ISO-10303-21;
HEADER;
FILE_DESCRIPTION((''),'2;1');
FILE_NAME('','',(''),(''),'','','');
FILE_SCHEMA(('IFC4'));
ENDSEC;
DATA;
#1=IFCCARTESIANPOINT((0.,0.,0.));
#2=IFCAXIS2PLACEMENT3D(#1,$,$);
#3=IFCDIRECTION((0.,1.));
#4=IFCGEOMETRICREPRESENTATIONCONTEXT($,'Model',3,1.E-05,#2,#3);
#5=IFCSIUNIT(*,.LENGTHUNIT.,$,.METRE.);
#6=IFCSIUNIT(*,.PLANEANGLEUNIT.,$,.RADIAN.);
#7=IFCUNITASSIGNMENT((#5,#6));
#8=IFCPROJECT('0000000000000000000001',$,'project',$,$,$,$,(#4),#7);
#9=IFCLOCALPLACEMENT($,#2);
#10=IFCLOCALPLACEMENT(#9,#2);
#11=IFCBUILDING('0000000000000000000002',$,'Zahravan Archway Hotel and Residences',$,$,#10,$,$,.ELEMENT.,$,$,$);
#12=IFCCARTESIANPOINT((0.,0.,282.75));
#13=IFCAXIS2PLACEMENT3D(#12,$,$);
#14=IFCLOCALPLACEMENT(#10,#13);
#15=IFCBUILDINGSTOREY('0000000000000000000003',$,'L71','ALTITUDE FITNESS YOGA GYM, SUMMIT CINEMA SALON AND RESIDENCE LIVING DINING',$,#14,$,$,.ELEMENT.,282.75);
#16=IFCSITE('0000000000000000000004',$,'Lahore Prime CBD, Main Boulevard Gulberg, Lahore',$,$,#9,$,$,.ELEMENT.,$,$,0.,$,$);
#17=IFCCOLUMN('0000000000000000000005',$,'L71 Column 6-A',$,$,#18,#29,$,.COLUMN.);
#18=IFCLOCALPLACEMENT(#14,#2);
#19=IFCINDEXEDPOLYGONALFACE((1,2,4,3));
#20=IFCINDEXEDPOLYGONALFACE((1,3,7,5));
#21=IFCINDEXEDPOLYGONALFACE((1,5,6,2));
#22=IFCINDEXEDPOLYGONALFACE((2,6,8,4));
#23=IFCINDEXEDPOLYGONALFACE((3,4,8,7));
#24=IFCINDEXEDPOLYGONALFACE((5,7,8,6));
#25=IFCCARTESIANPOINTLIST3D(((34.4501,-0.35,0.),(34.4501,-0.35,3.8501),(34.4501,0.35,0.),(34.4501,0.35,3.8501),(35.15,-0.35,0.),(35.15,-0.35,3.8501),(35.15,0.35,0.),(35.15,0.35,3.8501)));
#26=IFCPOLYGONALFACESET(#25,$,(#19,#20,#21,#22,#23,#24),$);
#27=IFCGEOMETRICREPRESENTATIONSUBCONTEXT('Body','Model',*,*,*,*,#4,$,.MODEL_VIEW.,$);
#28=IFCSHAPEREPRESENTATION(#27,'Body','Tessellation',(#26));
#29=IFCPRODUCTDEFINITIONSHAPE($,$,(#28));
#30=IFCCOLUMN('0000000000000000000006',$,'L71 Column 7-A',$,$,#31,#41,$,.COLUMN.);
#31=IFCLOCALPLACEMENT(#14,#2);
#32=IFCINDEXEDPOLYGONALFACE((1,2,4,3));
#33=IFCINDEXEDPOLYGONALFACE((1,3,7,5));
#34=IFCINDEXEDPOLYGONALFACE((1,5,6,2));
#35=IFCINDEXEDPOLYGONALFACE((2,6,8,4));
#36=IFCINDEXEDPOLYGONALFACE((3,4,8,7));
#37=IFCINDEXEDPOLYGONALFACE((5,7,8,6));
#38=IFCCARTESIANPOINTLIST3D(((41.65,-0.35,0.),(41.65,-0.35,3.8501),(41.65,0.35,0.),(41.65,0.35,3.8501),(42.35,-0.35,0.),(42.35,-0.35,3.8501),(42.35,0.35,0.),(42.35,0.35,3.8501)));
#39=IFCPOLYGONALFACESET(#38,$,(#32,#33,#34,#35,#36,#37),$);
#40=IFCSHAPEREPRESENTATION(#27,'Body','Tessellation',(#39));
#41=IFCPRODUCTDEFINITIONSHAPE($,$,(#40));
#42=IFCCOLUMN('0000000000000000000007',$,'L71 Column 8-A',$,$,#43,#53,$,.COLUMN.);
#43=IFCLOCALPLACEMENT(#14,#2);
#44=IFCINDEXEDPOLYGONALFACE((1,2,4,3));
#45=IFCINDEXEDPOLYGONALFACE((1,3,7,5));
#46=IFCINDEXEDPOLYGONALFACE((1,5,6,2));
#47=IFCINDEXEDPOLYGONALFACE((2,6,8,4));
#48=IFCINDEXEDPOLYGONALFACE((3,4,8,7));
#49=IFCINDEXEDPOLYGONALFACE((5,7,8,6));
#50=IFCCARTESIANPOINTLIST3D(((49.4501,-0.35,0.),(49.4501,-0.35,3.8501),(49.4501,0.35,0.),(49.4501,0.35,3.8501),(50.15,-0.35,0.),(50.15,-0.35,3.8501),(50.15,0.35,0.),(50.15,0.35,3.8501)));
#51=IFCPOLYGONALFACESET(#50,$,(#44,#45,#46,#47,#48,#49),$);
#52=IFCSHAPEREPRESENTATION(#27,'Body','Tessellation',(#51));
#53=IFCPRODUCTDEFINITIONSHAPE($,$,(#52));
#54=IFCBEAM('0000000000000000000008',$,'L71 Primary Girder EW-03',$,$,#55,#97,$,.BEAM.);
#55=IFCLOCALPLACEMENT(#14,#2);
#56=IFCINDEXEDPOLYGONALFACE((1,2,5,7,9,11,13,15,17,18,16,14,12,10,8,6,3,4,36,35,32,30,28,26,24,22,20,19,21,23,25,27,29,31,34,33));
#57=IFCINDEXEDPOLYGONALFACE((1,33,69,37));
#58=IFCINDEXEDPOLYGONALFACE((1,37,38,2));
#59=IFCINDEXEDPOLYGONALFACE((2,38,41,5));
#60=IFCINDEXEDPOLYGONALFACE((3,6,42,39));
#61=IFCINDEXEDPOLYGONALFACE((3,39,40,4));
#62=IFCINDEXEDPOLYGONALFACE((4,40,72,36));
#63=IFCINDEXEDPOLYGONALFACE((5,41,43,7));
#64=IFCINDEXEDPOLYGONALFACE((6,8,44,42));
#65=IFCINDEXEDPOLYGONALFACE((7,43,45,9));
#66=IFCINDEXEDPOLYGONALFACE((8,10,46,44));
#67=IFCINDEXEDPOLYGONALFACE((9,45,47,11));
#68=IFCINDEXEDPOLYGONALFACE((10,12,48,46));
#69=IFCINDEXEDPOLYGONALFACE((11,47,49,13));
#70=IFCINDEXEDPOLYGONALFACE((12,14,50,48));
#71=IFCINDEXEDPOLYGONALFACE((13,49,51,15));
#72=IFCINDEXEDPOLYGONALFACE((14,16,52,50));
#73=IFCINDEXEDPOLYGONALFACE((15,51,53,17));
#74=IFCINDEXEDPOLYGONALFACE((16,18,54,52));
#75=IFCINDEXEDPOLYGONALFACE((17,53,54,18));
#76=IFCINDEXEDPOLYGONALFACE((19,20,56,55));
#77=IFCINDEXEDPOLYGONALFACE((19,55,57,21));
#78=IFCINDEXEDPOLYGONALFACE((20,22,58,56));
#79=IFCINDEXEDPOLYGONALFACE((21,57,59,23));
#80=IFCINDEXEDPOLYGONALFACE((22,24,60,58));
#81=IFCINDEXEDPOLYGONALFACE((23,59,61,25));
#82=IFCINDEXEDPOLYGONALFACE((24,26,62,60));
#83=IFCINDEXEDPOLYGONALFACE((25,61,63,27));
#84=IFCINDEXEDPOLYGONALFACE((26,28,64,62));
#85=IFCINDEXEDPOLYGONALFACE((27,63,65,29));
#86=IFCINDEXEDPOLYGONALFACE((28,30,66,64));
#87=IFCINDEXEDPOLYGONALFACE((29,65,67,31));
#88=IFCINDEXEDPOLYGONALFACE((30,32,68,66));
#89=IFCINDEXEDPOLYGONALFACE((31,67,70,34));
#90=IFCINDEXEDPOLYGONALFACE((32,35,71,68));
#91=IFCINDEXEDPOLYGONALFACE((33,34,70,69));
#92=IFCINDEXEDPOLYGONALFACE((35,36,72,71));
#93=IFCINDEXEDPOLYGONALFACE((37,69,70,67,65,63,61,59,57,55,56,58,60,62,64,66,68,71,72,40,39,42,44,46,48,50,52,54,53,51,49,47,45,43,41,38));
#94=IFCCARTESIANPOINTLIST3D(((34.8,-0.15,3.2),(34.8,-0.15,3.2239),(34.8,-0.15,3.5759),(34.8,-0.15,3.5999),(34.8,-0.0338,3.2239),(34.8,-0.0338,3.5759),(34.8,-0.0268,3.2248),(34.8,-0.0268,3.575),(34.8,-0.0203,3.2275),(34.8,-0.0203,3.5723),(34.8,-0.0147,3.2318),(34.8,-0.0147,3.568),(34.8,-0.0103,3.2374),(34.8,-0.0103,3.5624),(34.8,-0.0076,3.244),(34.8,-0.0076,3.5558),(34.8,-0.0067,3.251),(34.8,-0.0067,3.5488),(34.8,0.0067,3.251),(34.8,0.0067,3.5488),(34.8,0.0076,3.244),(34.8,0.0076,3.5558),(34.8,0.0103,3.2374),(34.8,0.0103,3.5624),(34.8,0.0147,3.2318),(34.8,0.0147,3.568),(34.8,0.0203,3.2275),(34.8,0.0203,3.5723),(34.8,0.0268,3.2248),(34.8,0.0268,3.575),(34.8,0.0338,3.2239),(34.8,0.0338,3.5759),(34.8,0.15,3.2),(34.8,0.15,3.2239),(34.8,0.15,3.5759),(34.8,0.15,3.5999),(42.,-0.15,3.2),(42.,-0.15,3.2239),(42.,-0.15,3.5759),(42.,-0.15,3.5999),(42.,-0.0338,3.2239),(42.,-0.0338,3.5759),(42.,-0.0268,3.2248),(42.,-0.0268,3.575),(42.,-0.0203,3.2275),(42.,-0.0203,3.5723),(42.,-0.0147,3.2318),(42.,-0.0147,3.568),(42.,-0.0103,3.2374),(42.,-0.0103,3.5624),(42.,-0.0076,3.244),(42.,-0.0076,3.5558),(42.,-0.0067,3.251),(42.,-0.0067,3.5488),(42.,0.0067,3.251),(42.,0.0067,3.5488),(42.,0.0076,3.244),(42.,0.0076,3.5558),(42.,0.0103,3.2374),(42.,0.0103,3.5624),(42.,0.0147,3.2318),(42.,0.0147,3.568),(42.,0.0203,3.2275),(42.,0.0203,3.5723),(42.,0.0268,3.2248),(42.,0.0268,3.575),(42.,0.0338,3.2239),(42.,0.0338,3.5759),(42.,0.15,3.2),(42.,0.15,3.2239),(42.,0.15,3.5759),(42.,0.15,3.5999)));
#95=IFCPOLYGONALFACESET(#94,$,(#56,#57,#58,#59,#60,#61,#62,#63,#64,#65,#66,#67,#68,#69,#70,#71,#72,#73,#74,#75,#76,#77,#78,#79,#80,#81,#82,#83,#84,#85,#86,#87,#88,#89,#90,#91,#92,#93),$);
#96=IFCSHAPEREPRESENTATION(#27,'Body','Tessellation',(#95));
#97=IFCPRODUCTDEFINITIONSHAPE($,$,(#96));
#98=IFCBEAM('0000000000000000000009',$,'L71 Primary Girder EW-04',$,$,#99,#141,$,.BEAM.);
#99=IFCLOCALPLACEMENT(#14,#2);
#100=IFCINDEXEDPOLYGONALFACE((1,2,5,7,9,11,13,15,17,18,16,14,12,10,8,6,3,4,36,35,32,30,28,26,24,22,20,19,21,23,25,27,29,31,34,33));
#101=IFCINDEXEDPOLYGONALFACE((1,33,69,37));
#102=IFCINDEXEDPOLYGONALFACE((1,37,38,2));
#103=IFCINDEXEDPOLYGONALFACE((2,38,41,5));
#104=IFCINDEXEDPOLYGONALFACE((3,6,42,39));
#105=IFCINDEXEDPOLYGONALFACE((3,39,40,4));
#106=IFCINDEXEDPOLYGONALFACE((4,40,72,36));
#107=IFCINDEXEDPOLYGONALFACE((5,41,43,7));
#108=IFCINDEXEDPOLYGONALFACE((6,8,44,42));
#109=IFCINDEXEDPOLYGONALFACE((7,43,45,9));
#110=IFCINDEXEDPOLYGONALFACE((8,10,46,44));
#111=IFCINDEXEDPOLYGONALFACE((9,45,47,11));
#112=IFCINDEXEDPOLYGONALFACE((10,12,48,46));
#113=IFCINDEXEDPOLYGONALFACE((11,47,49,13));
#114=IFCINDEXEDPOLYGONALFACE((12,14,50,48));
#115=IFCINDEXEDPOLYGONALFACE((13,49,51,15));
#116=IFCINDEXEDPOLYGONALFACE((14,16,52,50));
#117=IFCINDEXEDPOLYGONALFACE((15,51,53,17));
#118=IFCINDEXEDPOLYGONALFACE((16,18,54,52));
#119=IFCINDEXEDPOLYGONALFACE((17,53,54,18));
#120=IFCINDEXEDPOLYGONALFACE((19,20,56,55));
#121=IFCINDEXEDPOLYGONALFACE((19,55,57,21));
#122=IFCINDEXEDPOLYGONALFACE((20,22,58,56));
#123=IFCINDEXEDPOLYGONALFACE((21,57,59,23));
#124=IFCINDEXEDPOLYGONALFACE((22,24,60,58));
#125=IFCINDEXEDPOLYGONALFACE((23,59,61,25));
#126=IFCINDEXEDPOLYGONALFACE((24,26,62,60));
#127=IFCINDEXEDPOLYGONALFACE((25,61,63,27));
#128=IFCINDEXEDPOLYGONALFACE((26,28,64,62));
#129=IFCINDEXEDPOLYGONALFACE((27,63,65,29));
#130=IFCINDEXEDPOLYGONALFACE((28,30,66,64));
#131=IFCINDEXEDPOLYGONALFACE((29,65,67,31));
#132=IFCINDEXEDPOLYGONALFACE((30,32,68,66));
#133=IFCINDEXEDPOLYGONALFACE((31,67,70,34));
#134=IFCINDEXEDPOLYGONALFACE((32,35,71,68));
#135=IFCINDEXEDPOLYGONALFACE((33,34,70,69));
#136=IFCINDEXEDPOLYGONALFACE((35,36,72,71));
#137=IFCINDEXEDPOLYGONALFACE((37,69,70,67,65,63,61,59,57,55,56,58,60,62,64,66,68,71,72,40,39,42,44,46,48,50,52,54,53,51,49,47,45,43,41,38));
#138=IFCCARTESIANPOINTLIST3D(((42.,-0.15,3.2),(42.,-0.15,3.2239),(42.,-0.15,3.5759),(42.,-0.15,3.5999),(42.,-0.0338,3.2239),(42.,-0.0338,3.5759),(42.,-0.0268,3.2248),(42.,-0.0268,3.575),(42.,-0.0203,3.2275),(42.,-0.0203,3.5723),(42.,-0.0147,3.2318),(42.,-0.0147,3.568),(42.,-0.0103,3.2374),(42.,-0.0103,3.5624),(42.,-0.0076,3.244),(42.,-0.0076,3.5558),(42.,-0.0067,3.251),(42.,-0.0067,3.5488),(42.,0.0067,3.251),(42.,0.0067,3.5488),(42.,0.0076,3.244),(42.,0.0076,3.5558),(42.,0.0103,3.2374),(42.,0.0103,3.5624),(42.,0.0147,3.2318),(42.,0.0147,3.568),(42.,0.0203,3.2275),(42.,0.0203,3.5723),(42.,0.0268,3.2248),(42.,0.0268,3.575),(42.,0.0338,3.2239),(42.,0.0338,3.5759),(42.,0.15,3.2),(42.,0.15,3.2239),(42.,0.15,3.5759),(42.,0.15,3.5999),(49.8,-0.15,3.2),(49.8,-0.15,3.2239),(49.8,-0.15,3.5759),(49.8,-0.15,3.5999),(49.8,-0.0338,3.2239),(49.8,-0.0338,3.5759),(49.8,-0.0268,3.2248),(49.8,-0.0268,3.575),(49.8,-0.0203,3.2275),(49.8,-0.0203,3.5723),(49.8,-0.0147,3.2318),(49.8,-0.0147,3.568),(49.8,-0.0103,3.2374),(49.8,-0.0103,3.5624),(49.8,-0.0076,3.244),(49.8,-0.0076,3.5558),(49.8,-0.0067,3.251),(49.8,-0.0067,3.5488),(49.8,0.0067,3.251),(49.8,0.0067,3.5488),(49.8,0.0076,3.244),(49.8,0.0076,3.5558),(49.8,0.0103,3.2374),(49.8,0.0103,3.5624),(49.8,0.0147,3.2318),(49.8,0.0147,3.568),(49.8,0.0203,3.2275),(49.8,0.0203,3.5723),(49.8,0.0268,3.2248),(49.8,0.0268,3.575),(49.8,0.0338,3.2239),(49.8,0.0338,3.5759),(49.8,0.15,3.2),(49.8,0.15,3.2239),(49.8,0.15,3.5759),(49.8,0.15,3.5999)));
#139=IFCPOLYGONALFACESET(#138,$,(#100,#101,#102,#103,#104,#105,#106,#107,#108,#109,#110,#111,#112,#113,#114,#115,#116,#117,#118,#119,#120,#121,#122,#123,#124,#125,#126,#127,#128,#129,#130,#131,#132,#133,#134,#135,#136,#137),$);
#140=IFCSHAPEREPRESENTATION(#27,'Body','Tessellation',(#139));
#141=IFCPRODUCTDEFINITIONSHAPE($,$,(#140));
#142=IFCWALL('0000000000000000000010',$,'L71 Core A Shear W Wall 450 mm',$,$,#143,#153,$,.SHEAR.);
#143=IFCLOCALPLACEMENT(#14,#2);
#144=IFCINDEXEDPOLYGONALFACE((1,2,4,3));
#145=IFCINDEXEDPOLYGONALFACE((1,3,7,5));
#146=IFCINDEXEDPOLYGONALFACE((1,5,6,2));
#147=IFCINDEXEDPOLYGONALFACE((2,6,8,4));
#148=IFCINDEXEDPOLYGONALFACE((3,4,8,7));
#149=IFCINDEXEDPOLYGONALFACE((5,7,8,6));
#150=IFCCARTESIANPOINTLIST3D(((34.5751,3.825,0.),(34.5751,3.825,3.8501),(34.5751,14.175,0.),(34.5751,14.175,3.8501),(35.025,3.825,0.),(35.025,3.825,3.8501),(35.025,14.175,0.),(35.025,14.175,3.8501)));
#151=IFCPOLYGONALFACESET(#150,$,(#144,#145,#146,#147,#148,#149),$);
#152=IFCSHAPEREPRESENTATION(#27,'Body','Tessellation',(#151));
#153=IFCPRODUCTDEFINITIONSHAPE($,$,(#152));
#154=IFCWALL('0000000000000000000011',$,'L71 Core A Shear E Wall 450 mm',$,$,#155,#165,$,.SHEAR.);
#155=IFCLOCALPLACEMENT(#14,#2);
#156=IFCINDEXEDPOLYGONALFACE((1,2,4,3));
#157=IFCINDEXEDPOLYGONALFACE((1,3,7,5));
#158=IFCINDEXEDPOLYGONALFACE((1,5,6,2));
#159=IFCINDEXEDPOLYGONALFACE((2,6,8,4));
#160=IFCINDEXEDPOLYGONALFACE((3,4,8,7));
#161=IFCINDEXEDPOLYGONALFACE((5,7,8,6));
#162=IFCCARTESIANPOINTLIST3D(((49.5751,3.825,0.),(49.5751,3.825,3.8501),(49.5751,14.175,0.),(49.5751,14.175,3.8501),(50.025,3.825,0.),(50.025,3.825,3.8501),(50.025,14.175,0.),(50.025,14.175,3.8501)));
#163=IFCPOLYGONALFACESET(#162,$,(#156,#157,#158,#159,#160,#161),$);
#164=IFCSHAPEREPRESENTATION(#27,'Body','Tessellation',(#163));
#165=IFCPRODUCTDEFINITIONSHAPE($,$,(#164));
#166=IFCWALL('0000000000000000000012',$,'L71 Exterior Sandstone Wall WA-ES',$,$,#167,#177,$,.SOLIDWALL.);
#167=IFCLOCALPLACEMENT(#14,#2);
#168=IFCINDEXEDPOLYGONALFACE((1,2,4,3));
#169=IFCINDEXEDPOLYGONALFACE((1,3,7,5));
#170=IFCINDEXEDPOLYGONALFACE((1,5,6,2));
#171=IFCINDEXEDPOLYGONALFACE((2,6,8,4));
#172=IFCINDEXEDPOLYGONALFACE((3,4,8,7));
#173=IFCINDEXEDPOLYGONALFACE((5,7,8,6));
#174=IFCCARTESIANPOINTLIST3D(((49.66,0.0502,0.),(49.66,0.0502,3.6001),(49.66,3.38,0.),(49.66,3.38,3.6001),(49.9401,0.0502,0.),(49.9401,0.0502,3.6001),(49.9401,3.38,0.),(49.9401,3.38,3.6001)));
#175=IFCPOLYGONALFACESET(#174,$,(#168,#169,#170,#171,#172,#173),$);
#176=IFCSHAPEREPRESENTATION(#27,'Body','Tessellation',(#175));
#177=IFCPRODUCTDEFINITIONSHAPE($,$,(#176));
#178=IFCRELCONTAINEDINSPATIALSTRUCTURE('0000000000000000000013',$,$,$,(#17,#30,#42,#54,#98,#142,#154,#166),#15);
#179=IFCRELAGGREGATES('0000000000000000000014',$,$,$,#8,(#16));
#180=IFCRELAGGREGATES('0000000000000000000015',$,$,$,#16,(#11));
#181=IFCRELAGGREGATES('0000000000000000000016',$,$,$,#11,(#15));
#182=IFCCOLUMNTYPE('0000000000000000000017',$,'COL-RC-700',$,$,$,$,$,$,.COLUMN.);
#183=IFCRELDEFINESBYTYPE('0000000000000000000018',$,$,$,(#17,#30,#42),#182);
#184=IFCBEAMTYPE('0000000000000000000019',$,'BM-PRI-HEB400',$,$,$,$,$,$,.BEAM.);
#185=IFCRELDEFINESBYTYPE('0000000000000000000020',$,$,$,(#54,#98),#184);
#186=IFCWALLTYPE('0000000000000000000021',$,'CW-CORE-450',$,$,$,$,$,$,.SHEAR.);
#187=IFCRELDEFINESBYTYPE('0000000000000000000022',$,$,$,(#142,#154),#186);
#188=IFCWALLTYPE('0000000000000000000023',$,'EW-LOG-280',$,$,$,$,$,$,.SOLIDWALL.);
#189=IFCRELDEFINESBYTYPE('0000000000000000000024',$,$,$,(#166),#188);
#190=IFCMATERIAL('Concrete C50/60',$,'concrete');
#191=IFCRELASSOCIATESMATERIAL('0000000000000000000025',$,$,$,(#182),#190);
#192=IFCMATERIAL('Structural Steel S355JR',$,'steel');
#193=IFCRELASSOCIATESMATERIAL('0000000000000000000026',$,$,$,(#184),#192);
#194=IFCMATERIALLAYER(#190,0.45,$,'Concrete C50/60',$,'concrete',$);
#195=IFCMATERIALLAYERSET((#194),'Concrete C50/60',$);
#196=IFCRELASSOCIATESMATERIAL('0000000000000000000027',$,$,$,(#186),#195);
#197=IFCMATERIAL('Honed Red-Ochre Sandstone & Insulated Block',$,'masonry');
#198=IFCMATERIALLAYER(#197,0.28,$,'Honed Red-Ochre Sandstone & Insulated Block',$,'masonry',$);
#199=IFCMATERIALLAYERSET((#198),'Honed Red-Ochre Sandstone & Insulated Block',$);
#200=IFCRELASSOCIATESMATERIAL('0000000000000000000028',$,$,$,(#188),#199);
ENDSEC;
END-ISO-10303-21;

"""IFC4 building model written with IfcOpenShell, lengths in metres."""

from ifc_helpers import new_model, si_unit, direction, frame, frame_2d, origin, origin_2d, place, context, subcontext, project, spatial, rectangle, i_section, extrude, source, transform, mapped, material, layer, layer_set, material_profile, profile_set, type_object, type_shapes, element, save


model = new_model("IFC4")

# Units and contexts
model_context = context("Model", 3, precision=1e-05, world=origin(), true_north=direction((0.0, 1.0)))
body_context = subcontext(model_context, "Body", "Model", "MODEL_VIEW")
ifc_project = project(units=[si_unit("LENGTHUNIT", "METRE"), si_unit("PLANEANGLEUNIT", "RADIAN")], contexts=[model_context])

# Site, building, storey
site_placement = place(None, origin())
site = spatial("IfcSite", under=ifc_project, at=site_placement, Name="Lahore Prime CBD, Main Boulevard Gulberg, Lahore", CompositionType="ELEMENT", RefElevation=0.0)
building_placement = place(site_placement, origin())
building = spatial("IfcBuilding", under=site, at=building_placement, Name="Zahravan Archway Hotel and Residences", CompositionType="ELEMENT")
storey_placement = place(building_placement, frame((0.0, 0.0, 282.75)))
storey = spatial("IfcBuildingStorey", under=building, at=storey_placement, Name="L71", Description="ALTITUDE FITNESS YOGA GYM, SUMMIT CINEMA SALON AND RESIDENCE LIVING DINING", CompositionType="ELEMENT", Elevation=282.75)

# Columns
ifc_material_1 = material(Name="Concrete C50/60", Category="concrete")
ifc_material_profile_1 = material_profile(ifc_material_1, rectangle(XDim=0.7, YDim=0.7, at=origin_2d()), Name="RC-COL-700x700", Category="concrete")
ifc_profile_set_1 = profile_set([ifc_material_profile_1], Name="Concrete C50/60")
column_type = type_object("IfcColumnType", Name="COL-RC-700", PredefinedType="COLUMN", material=ifc_profile_set_1)
shared_shape_1 = source(origin(), body_context, "Body", "SweptSolid", [
    extrude(rectangle(XDim=0.7, YDim=0.7, at=origin_2d()), origin(), (0.0, 0.0, 1.0), 3.8501),
])
for number, where, z_axis, x_axis, name in (
    (1, (34.8, 0.0, 0.0), (0.0, 0.0, 1.0), (1.0, 0.0, 0.0), "L71 Column 6-A"),
    (2, (42.0, 0.0, 0.0), (0.0, 0.0, 1.0), (1.0, 0.0, 0.0), "L71 Column 7-A"),
    (3, (49.8, 0.0, 0.0), (0.0, 0.0, 1.0), (1.0, 0.0, 0.0), "L71 Column 8-A"),
):
    element("IfcColumn", number, at=place(storey_placement, frame(where, z_axis=z_axis, x_axis=x_axis)), inside=storey, type_object=column_type, Name=name, PredefinedType="COLUMN", context=body_context, shape_type="MappedRepresentation", body=[
        mapped(shared_shape_1, transform((0.0, 0.0, 0.0), scale=1.0)),
    ])

# Beams
ifc_material_2 = material(Name="Structural Steel S355JR", Category="steel")
ifc_material_profile_2 = material_profile(ifc_material_2, i_section(OverallWidth=0.3, OverallDepth=0.3999, WebThickness=0.0134, FlangeThickness=0.0239, FilletRadius=0.0271, at=origin_2d()), Name="HEB 400", Category="steel")
ifc_profile_set_2 = profile_set([ifc_material_profile_2], Name="Structural Steel S355JR")
beam_type = type_object("IfcBeamType", Name="BM-PRI-HEB400", PredefinedType="BEAM", material=ifc_profile_set_2)
shared_shape_2 = source(origin(), body_context, "Body", "SweptSolid", [
    extrude(i_section(OverallWidth=0.3, OverallDepth=0.3999, WebThickness=0.0134, FlangeThickness=0.0239, FilletRadius=0.0271, at=origin_2d()), origin(), (0.0, 0.0, 1.0), 7.2),
])
type_shapes(beam_type, [shared_shape_2])
beam_1_placement = place(storey_placement, frame((34.8, 0.0, 3.3999), z_axis=(1.0, 0.0, 0.0), x_axis=(0.0, 1.0, 0.0)))
element("IfcBeam", 4, at=beam_1_placement, inside=storey, type_object=beam_type, Name="L71 Primary Girder EW-03", PredefinedType="BEAM", context=body_context, shape_type="MappedRepresentation", body=[
    mapped(shared_shape_2, transform((0.0, 0.0, 0.0), scale=1.0)),
])
shared_shape_3 = source(origin(), body_context, "Body", "SweptSolid", [
    extrude(i_section(OverallWidth=0.3, OverallDepth=0.3999, WebThickness=0.0134, FlangeThickness=0.0239, FilletRadius=0.0271, at=origin_2d()), origin(), (0.0, 0.0, 1.0), 7.8),
])
beam_2_placement = place(storey_placement, frame((42.0, 0.0, 3.3999), z_axis=(1.0, 0.0, 0.0), x_axis=(0.0, 1.0, 0.0)))
element("IfcBeam", 5, at=beam_2_placement, inside=storey, type_object=beam_type, Name="L71 Primary Girder EW-04", PredefinedType="BEAM", context=body_context, shape_type="MappedRepresentation", body=[
    mapped(shared_shape_3, transform((0.0, 0.0, 0.0), scale=1.0)),
])

# Walls
ifc_layer_1 = layer(ifc_material_1, 0.45, Name="Concrete C50/60", Category="concrete")
ifc_layer_set_1 = layer_set([ifc_layer_1], Name="Concrete C50/60")
wall_type_1 = type_object("IfcWallType", Name="CW-CORE-450", PredefinedType="SHEAR", material=ifc_layer_set_1)
for number, where, z_axis, x_axis, name in (
    (6, (34.8, 3.825, 0.0), (0.0, 0.0, 1.0), (0.0, 1.0, 0.0), "L71 Core A Shear W Wall 450 mm"),
    (7, (49.8, 3.825, 0.0), (0.0, 0.0, 1.0), (0.0, 1.0, 0.0), "L71 Core A Shear E Wall 450 mm"),
):
    element("IfcWall", number, at=place(storey_placement, frame(where, z_axis=z_axis, x_axis=x_axis)), inside=storey, type_object=wall_type_1, Name=name, PredefinedType="SHEAR", context=body_context, shape_type="SweptSolid", body=[
        extrude(rectangle(XDim=10.3501, YDim=0.45, at=frame_2d((5.175, 0.0))), origin(), (0.0, 0.0, 1.0), 3.8501),
    ])
ifc_material_3 = material(Name="Honed Red-Ochre Sandstone & Insulated Block", Category="masonry")
ifc_layer_2 = layer(ifc_material_3, 0.28, Name="Honed Red-Ochre Sandstone & Insulated Block", Category="masonry")
ifc_layer_set_2 = layer_set([ifc_layer_2], Name="Honed Red-Ochre Sandstone & Insulated Block")
wall_type_2 = type_object("IfcWallType", Name="EW-LOG-280", PredefinedType="SOLIDWALL", material=ifc_layer_set_2)
wall_1_placement = place(storey_placement, frame((49.8, 0.05, 0.0), z_axis=(0.0, 0.0, 1.0), x_axis=(0.0, 1.0, 0.0)))
element("IfcWall", 8, at=wall_1_placement, inside=storey, type_object=wall_type_2, Name="L71 Exterior Sandstone Wall WA-ES", PredefinedType="SOLIDWALL", context=body_context, shape_type="SweptSolid", body=[
    extrude(rectangle(XDim=3.3298, YDim=0.28, at=frame_2d((1.665, 0.0))), origin(), (0.0, 0.0, 1.0), 3.6001),
])

save(model, "model.ifc")
